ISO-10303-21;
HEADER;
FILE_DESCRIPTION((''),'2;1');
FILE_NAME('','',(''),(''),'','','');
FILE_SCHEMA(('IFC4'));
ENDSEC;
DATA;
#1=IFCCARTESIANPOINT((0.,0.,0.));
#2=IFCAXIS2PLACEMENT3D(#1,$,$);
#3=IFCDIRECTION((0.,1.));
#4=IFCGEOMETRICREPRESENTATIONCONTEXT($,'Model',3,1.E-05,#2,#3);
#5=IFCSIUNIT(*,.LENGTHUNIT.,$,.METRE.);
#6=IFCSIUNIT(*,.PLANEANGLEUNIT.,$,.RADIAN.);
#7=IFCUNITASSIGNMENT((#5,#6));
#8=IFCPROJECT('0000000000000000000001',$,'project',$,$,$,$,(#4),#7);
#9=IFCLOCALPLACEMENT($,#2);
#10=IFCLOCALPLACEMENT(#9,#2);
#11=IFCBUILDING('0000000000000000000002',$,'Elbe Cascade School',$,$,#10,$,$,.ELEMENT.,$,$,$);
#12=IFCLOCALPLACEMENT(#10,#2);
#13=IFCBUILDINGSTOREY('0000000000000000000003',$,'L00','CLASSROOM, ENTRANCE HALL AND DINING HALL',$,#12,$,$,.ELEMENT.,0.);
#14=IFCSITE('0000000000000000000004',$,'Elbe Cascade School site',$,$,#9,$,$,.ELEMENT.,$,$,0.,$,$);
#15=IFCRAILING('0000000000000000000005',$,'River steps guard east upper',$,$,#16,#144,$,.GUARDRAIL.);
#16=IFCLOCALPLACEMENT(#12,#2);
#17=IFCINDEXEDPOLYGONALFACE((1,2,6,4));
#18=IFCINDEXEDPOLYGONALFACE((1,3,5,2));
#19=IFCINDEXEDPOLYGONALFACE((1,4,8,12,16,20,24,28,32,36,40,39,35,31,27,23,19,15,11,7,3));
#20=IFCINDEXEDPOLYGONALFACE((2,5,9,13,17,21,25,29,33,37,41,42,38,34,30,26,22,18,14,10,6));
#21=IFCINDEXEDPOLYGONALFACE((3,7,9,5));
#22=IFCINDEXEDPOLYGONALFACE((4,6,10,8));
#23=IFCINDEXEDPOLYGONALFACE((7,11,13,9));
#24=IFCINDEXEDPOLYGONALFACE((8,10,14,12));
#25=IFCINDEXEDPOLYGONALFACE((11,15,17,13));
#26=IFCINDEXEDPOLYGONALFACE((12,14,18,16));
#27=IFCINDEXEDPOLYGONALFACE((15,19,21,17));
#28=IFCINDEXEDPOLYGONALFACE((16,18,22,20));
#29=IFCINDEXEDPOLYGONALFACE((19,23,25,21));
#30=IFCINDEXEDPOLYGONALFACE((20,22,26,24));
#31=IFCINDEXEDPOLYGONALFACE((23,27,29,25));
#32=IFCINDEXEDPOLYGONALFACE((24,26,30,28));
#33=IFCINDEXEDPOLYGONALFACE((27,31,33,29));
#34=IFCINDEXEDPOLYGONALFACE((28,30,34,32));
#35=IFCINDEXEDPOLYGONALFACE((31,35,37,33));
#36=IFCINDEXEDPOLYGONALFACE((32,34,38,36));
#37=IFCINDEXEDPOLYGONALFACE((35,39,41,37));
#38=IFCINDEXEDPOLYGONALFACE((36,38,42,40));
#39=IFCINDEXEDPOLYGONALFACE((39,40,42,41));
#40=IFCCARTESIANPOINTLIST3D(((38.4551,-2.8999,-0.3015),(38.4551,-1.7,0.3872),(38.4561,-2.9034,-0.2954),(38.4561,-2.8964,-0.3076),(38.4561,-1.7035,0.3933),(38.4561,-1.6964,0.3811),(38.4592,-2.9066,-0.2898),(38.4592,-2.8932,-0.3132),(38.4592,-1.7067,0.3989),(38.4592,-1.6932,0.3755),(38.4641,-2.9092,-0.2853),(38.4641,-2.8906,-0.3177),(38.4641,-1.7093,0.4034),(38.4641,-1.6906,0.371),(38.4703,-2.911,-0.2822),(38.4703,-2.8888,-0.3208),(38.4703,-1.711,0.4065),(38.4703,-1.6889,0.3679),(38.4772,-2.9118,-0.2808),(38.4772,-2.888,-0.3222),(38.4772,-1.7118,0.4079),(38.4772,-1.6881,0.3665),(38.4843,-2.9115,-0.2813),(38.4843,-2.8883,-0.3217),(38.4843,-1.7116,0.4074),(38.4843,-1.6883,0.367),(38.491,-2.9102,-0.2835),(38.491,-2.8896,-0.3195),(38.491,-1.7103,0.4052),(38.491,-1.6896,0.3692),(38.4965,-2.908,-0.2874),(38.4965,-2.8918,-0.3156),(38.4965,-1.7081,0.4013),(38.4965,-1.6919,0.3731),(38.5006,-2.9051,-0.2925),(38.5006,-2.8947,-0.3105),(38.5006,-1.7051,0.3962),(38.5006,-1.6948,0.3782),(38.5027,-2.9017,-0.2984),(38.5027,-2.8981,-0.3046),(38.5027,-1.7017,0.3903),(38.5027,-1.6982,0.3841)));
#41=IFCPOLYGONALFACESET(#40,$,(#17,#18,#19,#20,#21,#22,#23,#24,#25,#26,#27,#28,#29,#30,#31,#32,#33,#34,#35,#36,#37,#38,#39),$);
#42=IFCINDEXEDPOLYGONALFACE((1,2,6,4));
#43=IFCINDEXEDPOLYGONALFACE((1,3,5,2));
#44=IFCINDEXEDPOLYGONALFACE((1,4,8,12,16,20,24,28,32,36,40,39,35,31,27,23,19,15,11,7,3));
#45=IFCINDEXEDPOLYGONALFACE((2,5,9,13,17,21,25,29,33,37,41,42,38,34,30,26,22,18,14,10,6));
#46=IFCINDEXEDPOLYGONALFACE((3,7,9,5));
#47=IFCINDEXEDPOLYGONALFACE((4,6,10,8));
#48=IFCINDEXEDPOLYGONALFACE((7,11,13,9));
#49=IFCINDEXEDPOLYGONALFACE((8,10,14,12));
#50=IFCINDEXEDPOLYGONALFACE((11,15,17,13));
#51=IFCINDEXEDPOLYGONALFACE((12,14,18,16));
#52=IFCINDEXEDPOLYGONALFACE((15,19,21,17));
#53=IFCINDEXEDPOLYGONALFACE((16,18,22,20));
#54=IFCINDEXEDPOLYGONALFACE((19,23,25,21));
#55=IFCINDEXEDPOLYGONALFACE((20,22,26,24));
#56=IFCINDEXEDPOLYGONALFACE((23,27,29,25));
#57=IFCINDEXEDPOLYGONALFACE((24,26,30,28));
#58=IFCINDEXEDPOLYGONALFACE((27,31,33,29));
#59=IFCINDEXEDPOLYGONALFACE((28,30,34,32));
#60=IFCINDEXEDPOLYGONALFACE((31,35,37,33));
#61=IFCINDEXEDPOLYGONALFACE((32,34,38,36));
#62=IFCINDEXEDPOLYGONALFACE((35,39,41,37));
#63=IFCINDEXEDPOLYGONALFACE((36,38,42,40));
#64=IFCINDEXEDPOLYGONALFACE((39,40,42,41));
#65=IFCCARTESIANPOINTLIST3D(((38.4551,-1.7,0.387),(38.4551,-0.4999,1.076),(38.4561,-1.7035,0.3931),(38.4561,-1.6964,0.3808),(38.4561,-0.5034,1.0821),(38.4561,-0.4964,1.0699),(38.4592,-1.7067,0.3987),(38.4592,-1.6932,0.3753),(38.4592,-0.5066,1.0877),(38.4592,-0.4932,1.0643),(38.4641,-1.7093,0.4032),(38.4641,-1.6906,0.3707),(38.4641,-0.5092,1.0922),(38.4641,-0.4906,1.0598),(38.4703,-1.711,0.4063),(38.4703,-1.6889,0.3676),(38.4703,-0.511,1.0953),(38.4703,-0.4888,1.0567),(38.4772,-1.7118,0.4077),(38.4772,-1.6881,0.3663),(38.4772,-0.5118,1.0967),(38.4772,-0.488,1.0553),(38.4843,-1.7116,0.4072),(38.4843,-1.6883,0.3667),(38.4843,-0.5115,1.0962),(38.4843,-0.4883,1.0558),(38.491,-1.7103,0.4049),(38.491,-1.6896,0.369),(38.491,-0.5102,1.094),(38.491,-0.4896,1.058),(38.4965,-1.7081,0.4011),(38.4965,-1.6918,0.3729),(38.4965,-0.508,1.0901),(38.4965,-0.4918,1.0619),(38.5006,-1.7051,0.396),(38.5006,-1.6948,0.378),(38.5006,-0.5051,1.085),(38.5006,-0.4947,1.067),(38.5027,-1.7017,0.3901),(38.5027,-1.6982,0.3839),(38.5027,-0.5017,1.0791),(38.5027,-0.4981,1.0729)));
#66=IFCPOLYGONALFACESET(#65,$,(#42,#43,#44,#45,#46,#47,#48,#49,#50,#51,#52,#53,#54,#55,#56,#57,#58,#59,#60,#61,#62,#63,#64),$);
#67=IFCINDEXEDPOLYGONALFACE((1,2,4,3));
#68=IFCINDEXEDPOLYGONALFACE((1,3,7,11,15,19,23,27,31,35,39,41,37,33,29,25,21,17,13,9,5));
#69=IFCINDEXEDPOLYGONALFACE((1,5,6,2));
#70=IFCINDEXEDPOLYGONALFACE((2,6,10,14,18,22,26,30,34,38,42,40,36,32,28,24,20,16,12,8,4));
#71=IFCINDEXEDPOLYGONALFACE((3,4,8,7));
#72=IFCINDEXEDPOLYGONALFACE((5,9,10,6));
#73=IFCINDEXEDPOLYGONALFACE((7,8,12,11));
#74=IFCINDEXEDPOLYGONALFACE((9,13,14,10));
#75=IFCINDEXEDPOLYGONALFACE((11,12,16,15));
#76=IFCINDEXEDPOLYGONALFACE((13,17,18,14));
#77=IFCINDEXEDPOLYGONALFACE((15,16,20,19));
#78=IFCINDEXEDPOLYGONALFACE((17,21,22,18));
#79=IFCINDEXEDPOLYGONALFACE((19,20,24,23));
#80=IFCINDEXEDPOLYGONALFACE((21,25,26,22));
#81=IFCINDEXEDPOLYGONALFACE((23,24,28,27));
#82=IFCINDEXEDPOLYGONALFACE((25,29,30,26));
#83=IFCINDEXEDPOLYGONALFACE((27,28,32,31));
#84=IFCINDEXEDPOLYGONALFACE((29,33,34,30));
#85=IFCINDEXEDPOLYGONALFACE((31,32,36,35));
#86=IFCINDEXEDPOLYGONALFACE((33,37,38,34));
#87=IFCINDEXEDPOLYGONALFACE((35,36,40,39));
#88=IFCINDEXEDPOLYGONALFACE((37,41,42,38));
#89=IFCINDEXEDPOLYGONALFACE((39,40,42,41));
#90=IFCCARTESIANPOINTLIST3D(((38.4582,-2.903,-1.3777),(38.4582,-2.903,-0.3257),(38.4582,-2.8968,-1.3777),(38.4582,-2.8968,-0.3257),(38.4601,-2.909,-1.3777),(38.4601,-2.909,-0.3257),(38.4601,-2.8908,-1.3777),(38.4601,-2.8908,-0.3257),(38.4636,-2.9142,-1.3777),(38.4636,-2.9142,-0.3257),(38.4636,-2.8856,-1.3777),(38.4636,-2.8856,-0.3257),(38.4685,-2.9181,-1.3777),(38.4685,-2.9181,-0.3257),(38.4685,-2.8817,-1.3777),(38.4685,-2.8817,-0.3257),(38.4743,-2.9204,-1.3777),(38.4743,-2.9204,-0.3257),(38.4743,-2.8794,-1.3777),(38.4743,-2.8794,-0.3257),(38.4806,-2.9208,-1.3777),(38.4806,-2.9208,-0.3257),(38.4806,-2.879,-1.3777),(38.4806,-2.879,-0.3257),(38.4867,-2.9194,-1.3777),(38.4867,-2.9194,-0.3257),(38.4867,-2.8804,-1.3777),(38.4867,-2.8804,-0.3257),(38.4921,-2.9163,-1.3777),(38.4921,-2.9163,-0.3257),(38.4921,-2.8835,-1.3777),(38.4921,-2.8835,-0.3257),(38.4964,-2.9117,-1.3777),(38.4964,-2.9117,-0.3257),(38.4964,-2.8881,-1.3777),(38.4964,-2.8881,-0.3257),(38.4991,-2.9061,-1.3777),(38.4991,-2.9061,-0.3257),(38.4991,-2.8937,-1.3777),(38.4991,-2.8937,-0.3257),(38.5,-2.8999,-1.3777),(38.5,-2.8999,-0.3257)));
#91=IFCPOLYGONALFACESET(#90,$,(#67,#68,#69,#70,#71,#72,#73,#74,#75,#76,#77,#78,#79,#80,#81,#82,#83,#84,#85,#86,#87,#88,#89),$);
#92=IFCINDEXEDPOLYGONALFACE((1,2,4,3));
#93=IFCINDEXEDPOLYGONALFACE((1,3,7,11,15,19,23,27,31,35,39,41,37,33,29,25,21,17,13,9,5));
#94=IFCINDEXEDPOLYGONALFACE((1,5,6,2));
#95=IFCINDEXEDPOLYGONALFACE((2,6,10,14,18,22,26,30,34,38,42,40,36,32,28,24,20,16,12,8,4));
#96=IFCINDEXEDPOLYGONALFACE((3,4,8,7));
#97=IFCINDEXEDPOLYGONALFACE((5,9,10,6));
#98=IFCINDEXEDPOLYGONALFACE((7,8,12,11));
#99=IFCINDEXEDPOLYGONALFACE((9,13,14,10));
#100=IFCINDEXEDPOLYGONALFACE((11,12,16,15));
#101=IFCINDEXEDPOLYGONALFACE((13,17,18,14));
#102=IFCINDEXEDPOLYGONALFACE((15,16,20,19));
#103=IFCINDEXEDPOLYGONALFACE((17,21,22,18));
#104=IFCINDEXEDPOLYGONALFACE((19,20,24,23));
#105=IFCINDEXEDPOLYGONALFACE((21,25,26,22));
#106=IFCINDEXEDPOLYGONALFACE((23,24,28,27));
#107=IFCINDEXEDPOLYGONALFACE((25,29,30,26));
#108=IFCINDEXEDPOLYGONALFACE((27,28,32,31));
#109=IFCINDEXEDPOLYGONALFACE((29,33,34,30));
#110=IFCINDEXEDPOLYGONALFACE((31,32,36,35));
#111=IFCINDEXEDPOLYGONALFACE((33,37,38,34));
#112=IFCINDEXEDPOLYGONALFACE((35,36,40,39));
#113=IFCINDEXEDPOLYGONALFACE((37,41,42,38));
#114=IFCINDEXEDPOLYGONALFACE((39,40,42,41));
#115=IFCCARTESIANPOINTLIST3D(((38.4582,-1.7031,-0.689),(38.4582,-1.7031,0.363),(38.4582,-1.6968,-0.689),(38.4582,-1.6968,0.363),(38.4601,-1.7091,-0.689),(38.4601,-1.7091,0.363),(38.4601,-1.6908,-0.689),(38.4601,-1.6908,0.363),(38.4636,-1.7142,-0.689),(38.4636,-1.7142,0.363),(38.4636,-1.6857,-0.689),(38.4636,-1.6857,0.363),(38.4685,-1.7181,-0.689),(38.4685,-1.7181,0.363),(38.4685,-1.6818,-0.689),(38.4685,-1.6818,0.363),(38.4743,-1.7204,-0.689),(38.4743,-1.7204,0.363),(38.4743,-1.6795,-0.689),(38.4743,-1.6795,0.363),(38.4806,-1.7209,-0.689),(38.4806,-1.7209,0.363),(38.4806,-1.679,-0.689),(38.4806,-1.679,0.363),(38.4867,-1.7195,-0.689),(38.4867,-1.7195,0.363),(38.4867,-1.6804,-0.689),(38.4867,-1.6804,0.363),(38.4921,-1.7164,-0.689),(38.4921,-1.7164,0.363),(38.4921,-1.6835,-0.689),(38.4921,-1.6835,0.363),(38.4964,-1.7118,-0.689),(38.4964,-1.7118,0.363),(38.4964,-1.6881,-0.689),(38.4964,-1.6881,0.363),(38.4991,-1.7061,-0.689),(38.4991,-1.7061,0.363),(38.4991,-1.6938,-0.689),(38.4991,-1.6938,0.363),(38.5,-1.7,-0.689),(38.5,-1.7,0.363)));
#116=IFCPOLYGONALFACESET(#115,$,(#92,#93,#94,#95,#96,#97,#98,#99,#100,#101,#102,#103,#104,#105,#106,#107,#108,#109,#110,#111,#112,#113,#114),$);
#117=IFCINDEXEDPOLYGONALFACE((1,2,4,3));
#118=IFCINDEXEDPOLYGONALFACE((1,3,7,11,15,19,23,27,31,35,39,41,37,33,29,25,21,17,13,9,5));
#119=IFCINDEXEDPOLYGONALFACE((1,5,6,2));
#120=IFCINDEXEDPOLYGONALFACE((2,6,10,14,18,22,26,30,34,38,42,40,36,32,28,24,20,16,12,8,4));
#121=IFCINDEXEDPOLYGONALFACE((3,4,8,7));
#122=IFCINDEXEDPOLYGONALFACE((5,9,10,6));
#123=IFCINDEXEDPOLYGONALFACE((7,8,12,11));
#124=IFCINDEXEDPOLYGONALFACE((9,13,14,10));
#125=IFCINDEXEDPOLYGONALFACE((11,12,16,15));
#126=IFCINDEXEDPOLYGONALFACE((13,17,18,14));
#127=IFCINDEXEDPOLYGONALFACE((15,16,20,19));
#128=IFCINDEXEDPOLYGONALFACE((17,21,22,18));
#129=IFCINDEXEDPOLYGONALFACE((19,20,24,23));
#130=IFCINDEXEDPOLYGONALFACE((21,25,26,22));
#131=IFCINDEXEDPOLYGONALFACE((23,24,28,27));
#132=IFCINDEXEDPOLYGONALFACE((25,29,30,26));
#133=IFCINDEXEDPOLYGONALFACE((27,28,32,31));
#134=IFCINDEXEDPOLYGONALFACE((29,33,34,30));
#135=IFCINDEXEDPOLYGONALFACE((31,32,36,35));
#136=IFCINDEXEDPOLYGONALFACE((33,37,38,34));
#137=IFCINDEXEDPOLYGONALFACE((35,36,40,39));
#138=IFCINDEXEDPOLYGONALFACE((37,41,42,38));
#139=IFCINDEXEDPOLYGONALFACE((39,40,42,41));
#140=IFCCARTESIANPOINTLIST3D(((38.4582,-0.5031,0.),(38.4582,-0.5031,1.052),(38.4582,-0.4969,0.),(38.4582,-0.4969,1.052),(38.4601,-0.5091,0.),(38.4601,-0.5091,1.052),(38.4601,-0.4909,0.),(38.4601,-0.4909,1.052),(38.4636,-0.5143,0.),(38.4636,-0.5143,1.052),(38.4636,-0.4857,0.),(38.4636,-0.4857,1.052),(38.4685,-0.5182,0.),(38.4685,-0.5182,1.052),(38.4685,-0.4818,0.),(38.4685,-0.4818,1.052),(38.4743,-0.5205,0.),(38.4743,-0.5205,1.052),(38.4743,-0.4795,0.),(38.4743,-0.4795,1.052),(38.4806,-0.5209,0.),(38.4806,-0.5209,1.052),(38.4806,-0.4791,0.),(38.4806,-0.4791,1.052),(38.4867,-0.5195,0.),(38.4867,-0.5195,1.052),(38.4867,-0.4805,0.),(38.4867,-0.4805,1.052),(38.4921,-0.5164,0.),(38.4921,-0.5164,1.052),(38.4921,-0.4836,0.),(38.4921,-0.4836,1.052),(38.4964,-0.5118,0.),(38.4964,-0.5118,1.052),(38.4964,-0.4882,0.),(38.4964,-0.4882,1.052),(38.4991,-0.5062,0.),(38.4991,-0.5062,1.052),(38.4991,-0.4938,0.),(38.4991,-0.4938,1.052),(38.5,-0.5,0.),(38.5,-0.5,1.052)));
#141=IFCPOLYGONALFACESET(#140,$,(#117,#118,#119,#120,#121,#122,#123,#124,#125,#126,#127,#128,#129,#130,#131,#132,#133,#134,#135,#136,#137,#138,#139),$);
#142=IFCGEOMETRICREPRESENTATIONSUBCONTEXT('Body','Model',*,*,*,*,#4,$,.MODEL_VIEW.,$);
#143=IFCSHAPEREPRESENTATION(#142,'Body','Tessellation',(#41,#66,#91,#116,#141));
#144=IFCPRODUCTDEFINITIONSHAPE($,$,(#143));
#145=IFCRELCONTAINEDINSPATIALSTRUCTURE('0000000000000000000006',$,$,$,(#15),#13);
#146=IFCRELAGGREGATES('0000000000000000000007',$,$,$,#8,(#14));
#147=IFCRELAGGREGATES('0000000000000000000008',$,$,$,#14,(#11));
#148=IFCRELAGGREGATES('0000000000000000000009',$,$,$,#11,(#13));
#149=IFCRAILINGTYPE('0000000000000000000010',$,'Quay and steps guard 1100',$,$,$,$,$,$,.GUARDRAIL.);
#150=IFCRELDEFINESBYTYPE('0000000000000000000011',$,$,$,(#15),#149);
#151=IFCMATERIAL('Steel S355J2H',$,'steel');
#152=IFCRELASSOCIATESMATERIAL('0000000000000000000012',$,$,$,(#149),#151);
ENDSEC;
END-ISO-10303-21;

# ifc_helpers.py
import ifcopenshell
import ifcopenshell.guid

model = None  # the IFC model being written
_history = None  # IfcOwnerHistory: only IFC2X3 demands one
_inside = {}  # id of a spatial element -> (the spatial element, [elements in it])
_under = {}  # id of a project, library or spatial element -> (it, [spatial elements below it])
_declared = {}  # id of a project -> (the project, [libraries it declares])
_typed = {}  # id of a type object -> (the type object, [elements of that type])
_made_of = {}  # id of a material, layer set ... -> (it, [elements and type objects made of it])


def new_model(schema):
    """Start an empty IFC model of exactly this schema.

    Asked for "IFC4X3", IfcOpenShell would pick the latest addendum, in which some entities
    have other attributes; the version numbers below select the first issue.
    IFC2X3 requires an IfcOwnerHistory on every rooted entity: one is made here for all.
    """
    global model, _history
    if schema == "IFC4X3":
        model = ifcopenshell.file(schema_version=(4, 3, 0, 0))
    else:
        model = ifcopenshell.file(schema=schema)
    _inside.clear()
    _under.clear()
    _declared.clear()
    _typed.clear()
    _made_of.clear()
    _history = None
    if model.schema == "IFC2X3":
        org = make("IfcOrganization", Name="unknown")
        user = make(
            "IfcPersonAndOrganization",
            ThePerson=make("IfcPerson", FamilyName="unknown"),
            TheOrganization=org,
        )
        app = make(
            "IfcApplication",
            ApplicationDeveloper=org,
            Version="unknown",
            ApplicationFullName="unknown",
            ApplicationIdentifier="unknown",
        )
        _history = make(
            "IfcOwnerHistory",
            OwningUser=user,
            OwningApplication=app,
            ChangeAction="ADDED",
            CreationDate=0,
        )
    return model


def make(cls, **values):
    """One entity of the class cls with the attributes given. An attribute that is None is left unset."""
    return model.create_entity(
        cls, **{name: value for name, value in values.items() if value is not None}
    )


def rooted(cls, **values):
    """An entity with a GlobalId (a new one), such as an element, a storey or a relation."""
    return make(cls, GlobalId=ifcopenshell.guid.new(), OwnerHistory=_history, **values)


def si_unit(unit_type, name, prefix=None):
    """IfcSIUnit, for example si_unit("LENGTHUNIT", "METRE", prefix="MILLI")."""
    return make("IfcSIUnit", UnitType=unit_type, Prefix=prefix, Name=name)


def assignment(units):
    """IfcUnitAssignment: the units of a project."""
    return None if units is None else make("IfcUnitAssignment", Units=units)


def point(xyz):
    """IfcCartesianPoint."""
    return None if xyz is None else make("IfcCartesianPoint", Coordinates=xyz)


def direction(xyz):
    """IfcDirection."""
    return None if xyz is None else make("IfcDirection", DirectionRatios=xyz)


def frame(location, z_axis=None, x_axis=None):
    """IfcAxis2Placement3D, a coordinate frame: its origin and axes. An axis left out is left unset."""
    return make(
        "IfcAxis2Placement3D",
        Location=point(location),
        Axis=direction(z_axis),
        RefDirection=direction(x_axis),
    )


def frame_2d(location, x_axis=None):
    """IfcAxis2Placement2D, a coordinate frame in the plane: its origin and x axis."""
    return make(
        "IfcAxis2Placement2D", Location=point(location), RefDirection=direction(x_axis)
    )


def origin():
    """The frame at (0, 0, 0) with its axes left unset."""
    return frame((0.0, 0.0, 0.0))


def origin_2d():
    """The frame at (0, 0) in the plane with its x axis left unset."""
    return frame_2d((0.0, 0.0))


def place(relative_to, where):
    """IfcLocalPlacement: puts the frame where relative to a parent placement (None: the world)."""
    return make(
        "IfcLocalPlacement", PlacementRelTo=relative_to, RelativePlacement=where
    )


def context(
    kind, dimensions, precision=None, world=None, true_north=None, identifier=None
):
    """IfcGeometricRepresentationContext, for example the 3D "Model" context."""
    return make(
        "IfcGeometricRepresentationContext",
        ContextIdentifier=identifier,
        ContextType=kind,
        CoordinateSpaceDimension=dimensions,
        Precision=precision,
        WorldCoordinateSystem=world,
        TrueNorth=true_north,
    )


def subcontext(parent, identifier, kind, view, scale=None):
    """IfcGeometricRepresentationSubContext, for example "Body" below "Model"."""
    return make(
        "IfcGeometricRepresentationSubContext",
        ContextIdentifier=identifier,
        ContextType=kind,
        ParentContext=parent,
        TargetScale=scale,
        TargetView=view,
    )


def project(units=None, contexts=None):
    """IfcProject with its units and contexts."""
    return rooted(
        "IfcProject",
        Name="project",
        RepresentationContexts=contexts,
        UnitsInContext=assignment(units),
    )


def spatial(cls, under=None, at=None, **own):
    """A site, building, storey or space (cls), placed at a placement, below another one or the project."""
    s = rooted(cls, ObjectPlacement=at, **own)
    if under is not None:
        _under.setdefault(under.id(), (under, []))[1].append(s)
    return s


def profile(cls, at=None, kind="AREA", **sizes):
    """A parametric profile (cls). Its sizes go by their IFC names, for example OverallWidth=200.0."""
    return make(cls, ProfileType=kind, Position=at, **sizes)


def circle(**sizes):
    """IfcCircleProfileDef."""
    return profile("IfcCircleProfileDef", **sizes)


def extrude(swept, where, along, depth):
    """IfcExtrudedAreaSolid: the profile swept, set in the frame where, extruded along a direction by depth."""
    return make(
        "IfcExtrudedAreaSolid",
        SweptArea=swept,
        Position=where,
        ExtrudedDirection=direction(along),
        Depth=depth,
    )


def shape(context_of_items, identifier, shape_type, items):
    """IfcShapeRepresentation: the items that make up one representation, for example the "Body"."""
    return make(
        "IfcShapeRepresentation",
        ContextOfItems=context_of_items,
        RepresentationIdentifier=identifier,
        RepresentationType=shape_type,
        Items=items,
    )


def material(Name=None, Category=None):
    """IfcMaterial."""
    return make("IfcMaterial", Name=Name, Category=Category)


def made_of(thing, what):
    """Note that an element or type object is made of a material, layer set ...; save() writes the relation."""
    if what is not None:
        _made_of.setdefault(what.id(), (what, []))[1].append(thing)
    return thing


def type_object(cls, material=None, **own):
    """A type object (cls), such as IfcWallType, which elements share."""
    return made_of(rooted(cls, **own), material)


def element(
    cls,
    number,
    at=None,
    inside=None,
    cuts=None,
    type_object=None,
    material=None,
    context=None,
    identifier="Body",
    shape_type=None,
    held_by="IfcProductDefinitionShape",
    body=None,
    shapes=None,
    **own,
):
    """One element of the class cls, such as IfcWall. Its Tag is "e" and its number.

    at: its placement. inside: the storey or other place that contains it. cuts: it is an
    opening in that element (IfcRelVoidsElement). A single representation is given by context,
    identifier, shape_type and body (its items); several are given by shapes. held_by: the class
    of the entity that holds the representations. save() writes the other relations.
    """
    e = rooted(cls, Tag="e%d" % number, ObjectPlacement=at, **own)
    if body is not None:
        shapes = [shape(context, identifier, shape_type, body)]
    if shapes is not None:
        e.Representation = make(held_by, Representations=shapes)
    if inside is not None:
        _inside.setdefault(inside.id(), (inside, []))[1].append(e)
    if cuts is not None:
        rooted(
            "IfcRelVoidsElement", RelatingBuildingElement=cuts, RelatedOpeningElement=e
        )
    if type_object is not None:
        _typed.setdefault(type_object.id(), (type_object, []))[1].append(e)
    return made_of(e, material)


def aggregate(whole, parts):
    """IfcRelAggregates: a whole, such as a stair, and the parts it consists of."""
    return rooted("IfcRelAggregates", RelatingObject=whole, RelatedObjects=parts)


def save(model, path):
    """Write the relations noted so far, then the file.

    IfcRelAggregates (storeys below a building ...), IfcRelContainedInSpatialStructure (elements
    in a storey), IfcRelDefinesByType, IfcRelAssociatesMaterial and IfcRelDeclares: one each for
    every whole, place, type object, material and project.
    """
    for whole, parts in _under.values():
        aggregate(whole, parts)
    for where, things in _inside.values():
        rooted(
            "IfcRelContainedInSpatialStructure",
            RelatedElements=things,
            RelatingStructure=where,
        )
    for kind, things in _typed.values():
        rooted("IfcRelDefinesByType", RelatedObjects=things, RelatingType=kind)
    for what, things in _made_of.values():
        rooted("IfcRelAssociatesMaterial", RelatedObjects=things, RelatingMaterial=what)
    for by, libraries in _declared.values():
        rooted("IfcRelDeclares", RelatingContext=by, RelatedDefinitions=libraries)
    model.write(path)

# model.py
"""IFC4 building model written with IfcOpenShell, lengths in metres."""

from ifc_helpers import new_model, si_unit, direction, frame, origin, origin_2d, place, context, subcontext, project, spatial, circle, extrude, material, type_object, element, save


model = new_model("IFC4")

# Units and contexts
model_context = context("Model", 3, precision=1e-05, world=origin(), true_north=direction((0.0, 1.0)))
body_context = subcontext(model_context, "Body", "Model", "MODEL_VIEW")
ifc_project = project(units=[si_unit("LENGTHUNIT", "METRE"), si_unit("PLANEANGLEUNIT", "RADIAN")], contexts=[model_context])

# Site, building, storey
site_placement = place(None, origin())
site = spatial("IfcSite", under=ifc_project, at=site_placement, Name="Elbe Cascade School site", CompositionType="ELEMENT", RefElevation=0.0)
building_placement = place(site_placement, origin())
building = spatial("IfcBuilding", under=site, at=building_placement, Name="Elbe Cascade School", CompositionType="ELEMENT")
storey_placement = place(building_placement, origin())
storey = spatial("IfcBuildingStorey", under=building, at=storey_placement, Name="L00", Description="CLASSROOM, ENTRANCE HALL AND DINING HALL", CompositionType="ELEMENT", Elevation=0.0)

# Railing
ifc_material_1 = material(Name="Steel S355J2H", Category="steel")
railing_type_1 = type_object("IfcRailingType", Name="Quay and steps guard 1100", PredefinedType="GUARDRAIL", material=ifc_material_1)
railing_1_placement = place(storey_placement, frame((38.479, -2.8999, -1.3777)))
element("IfcRailing", 1, at=railing_1_placement, inside=storey, type_object=railing_type_1, Name="River steps guard east upper", PredefinedType="GUARDRAIL", context=body_context, shape_type="SweptSolid", body=[
    extrude(circle(Radius=0.0239, at=origin_2d()), frame((0.0, 0.0, 1.0762), z_axis=(0.0, 0.867297, 0.497791), x_axis=(-1.0, 0.0, 0.0)), (0.0, 0.0, 1.0), 1.3835),
    extrude(circle(Radius=0.0239, at=origin_2d()), frame((0.0, 1.2, 1.7646), z_axis=(0.0, 0.867221, 0.497924), x_axis=(-1.0, 0.0, 0.0)), (0.0, 0.0, 1.0), 1.3838),
    extrude(circle(Radius=0.021, at=origin_2d()), origin(), (0.0, 0.0, 1.0), 1.052),
    extrude(circle(Radius=0.021, at=origin_2d()), frame((0.0, 1.2, 0.6887)), (0.0, 0.0, 1.0), 1.052),
    extrude(circle(Radius=0.021, at=origin_2d()), frame((0.0, 2.3999, 1.3777)), (0.0, 0.0, 1.0), 1.052),
])

save(model, "model.ifc")
